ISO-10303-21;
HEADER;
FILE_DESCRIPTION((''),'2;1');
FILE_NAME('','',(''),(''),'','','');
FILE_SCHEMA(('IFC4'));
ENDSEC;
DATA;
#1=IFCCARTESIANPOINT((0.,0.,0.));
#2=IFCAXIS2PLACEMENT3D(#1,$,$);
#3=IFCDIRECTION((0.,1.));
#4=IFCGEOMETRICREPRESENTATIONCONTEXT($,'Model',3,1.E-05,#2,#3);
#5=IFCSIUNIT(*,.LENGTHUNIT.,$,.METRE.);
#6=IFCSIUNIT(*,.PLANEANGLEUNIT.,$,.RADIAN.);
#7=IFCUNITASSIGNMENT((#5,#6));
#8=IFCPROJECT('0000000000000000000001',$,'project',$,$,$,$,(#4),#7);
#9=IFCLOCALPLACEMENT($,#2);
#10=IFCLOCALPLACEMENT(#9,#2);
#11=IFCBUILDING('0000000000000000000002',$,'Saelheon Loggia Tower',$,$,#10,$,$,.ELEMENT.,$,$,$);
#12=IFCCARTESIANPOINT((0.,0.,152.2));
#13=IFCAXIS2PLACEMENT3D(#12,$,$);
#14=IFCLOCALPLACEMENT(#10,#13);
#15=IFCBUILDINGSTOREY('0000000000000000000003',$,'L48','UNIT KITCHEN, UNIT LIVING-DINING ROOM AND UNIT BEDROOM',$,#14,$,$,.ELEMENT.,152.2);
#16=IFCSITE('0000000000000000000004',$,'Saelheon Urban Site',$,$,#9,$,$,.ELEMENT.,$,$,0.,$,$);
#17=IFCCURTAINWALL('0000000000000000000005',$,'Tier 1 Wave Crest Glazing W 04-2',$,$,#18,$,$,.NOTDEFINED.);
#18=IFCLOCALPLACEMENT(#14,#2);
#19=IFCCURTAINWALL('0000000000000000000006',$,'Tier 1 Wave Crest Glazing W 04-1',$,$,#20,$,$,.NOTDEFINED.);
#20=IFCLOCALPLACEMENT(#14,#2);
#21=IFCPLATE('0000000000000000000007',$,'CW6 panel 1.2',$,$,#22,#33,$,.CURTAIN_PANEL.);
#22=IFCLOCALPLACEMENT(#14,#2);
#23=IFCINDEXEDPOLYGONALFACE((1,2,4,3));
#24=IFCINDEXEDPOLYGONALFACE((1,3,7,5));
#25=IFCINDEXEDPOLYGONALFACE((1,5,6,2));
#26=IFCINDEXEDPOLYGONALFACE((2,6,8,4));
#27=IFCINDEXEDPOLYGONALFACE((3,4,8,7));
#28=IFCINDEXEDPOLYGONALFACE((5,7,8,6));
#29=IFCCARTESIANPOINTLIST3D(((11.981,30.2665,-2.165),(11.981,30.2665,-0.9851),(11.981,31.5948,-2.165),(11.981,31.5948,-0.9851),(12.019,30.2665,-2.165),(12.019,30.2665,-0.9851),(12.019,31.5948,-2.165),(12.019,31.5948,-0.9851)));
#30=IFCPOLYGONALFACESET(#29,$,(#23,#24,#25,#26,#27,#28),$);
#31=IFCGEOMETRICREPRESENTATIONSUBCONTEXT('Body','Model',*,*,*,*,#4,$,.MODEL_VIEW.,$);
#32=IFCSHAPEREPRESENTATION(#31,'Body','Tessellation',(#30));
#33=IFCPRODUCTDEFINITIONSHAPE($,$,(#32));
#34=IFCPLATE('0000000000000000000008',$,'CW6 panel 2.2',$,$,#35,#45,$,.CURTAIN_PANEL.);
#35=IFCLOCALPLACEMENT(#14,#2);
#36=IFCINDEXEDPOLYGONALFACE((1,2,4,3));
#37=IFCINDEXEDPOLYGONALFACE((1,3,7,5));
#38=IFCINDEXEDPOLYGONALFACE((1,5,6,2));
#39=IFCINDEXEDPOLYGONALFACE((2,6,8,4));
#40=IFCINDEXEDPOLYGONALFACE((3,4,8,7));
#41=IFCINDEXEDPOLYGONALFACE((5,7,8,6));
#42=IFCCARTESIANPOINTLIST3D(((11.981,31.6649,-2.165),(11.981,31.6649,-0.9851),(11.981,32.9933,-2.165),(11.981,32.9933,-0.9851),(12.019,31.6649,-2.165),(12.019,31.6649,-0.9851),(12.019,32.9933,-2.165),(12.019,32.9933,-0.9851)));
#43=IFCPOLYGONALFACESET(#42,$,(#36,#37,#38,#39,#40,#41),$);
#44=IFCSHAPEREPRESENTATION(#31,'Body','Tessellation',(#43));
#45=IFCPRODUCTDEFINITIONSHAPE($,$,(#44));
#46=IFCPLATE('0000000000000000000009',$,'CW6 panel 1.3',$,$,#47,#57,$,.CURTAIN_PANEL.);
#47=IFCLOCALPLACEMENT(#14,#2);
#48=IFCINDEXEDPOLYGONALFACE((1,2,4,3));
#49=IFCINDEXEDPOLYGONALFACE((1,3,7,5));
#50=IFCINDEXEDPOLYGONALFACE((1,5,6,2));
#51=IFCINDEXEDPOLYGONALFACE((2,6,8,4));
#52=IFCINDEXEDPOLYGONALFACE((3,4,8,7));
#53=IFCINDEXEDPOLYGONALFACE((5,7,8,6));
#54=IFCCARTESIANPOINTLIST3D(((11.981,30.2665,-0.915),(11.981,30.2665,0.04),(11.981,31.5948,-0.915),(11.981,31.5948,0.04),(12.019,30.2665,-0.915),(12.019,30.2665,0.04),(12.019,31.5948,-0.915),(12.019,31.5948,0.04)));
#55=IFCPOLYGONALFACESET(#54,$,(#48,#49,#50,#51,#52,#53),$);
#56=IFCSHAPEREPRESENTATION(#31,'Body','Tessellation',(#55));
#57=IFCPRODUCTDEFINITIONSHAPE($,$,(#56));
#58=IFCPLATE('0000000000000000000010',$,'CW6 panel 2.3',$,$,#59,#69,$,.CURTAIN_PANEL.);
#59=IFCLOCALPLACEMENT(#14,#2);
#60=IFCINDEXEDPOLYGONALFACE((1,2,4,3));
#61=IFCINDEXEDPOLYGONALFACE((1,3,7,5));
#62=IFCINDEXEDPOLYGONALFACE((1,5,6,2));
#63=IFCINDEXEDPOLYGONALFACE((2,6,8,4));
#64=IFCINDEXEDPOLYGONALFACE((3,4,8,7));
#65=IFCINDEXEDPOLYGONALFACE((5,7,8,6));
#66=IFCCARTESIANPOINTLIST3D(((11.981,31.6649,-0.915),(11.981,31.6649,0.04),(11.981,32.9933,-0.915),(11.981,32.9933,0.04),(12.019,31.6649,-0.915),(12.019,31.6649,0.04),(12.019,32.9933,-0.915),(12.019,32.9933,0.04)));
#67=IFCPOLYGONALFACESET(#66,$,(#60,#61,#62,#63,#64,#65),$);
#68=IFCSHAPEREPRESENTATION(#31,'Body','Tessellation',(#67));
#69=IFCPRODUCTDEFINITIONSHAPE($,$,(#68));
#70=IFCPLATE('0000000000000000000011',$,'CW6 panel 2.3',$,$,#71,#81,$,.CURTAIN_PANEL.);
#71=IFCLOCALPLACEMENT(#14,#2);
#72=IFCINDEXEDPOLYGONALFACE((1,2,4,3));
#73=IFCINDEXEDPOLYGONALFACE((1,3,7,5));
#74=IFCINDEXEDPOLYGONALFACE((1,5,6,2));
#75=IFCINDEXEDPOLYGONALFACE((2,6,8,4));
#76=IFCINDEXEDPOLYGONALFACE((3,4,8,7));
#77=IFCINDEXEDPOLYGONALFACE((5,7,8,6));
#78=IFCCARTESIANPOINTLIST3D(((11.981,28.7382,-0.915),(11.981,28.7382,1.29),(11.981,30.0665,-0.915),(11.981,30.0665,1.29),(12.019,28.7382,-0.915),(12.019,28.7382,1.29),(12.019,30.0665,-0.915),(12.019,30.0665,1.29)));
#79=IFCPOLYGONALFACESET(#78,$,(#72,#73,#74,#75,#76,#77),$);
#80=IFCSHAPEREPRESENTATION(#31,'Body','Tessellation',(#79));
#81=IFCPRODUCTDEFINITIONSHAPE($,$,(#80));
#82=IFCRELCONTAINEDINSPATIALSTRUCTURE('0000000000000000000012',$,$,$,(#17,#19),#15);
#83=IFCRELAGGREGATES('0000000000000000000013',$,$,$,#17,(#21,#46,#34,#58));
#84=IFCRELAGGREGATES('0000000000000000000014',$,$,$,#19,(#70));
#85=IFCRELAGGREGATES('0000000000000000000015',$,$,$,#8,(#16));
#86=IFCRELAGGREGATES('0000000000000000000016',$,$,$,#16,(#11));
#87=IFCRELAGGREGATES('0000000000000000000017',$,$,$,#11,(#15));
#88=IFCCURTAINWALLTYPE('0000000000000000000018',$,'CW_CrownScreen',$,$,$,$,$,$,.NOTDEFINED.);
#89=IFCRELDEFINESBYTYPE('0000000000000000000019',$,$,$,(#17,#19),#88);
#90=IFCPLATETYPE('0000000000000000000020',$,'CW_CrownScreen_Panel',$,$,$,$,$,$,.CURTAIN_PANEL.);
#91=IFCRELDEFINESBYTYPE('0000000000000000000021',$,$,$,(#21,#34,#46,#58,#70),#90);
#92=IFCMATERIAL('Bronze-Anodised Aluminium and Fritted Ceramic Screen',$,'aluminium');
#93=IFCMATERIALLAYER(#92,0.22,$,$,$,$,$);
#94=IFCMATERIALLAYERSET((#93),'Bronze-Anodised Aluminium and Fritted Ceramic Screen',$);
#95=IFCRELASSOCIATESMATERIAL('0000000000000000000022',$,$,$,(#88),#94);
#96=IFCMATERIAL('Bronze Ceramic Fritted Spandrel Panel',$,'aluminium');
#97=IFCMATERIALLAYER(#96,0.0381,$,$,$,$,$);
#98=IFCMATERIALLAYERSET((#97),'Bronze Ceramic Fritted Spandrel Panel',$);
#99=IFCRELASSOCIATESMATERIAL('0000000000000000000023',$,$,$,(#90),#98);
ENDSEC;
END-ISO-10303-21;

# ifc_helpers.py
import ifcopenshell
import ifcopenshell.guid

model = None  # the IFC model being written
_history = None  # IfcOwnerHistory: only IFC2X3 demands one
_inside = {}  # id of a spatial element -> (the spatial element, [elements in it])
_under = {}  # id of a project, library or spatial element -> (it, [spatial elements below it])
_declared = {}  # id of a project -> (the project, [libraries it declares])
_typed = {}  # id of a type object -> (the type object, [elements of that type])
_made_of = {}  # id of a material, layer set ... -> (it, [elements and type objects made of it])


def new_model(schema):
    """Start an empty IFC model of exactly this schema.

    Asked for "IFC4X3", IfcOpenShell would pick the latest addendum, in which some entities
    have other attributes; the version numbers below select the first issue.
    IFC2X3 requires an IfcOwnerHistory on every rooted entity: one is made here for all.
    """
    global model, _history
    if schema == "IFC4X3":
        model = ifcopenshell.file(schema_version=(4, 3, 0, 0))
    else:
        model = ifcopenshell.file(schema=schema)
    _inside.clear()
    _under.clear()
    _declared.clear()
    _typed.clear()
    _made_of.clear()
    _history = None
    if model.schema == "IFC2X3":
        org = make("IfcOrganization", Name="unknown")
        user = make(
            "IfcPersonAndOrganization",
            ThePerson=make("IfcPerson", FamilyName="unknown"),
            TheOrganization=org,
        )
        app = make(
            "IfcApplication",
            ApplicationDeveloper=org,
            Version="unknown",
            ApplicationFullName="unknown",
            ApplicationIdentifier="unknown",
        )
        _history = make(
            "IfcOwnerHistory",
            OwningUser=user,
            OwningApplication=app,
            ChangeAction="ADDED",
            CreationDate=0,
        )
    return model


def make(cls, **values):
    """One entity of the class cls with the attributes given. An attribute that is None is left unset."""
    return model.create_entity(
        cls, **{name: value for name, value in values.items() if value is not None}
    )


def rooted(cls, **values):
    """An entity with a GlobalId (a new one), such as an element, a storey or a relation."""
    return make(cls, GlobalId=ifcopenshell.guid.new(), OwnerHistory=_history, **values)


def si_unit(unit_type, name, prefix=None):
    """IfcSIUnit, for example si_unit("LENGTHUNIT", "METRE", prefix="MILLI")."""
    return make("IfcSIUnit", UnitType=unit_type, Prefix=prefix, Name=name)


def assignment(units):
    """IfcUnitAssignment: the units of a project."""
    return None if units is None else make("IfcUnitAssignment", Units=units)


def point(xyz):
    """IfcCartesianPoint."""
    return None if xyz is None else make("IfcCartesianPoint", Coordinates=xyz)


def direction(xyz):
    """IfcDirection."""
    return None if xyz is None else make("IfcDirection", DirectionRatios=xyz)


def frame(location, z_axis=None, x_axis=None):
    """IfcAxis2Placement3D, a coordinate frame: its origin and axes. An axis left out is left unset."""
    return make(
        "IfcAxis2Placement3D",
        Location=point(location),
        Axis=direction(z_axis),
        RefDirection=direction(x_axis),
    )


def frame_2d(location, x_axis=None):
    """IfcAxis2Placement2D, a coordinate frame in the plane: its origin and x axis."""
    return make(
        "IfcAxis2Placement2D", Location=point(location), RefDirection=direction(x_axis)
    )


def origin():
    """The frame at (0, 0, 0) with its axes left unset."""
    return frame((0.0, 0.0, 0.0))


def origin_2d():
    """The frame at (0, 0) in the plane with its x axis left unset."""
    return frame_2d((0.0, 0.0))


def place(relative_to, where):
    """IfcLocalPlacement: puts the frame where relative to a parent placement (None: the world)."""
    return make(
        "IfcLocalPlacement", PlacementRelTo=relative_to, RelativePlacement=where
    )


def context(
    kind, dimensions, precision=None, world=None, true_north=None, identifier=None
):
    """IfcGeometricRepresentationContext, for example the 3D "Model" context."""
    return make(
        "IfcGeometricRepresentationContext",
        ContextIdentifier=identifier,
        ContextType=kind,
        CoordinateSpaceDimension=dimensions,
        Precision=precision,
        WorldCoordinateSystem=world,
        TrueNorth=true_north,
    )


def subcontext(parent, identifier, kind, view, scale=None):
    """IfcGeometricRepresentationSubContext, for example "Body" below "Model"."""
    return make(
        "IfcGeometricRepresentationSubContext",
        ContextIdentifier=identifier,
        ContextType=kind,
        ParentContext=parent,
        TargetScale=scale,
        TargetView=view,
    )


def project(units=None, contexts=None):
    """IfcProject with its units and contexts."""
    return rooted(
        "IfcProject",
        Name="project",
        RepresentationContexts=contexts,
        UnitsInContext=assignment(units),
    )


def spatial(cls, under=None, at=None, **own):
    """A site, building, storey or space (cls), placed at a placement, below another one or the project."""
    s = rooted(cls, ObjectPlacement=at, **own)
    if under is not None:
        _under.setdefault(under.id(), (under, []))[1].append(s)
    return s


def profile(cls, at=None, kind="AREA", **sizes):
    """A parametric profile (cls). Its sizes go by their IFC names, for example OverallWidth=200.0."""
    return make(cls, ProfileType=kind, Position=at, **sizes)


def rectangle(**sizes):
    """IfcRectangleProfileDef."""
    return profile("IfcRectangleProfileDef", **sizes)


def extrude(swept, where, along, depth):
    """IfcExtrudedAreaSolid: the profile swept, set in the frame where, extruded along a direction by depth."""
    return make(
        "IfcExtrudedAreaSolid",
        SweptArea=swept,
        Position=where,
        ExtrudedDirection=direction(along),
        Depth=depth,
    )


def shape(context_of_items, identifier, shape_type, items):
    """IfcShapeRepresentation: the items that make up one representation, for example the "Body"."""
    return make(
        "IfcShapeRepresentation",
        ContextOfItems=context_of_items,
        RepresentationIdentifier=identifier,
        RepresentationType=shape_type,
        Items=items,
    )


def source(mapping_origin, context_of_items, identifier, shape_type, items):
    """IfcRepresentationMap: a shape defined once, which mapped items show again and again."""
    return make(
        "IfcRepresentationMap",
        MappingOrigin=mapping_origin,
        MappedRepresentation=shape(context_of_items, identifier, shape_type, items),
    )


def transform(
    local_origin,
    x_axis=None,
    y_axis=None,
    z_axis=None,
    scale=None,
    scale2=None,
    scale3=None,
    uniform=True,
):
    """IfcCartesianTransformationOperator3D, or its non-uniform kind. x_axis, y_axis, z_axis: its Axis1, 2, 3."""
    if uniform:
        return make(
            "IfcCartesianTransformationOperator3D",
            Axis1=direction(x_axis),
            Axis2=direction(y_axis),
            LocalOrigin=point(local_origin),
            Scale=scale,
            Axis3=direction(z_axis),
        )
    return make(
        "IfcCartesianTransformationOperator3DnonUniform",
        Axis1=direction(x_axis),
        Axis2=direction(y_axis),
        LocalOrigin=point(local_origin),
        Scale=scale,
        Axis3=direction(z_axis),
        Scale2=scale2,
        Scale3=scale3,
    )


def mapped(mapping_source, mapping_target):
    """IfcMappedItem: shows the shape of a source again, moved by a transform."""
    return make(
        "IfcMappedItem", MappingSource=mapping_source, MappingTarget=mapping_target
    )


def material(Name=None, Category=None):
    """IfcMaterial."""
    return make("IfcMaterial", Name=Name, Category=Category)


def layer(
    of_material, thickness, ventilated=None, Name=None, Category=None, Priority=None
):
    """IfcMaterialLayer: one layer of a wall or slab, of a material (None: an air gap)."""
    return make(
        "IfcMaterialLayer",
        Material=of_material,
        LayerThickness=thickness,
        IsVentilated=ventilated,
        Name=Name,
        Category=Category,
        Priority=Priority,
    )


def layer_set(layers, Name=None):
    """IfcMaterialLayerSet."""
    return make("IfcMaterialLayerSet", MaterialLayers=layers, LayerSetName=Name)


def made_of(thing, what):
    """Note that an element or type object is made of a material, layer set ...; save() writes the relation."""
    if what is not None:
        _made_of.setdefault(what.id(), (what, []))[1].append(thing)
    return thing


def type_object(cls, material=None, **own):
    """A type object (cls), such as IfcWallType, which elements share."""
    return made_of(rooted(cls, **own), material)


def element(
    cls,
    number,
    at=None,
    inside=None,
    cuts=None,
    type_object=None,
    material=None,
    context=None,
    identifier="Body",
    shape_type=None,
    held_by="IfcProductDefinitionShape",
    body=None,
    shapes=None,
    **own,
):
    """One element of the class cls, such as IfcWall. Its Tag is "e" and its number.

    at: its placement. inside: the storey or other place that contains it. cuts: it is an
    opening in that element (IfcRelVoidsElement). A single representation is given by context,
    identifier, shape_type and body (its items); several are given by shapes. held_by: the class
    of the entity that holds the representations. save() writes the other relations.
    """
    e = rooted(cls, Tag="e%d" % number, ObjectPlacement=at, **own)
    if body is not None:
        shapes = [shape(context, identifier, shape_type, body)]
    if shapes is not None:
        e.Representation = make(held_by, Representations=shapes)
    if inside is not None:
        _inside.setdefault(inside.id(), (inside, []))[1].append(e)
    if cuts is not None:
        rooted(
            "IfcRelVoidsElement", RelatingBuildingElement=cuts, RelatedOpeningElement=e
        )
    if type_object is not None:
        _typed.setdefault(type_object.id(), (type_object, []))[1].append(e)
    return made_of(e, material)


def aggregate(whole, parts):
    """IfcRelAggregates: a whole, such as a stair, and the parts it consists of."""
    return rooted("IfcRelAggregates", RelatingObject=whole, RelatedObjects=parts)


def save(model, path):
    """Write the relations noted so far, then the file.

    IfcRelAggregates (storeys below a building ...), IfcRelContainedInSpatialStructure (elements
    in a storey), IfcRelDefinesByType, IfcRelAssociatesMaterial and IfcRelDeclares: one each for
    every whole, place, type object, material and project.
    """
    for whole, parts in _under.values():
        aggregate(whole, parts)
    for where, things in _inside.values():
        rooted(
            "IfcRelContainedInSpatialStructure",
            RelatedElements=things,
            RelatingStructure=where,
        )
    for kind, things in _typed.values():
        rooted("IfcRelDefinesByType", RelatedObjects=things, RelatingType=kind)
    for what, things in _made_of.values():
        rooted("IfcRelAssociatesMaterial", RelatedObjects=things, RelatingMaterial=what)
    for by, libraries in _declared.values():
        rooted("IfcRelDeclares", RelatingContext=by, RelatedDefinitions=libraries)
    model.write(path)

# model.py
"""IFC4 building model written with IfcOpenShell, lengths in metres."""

from ifc_helpers import new_model, si_unit, direction, frame, origin, origin_2d, place, context, subcontext, project, spatial, rectangle, extrude, source, transform, mapped, material, layer, layer_set, type_object, element, aggregate, save


model = new_model("IFC4")

# Units and contexts
model_context = context("Model", 3, precision=1e-05, world=origin(), true_north=direction((0.0, 1.0)))
body_context = subcontext(model_context, "Body", "Model", "MODEL_VIEW")
ifc_project = project(units=[si_unit("LENGTHUNIT", "METRE"), si_unit("PLANEANGLEUNIT", "RADIAN")], contexts=[model_context])

# Site, building, storey
site_placement = place(None, origin())
site = spatial("IfcSite", under=ifc_project, at=site_placement, Name="Saelheon Urban Site", CompositionType="ELEMENT", RefElevation=0.0)
building_placement = place(site_placement, origin())
building = spatial("IfcBuilding", under=site, at=building_placement, Name="Saelheon Loggia Tower", CompositionType="ELEMENT")
storey_placement = place(building_placement, frame((0.0, 0.0, 152.2)))
storey = spatial("IfcBuildingStorey", under=building, at=storey_placement, Name="L48", Description="UNIT KITCHEN, UNIT LIVING-DINING ROOM AND UNIT BEDROOM", CompositionType="ELEMENT", Elevation=152.2)

# Curtain wall
ifc_material_1 = material(Name="Bronze-Anodised Aluminium and Fritted Ceramic Screen", Category="aluminium")
ifc_layer_1 = layer(ifc_material_1, 0.22)
ifc_layer_set_1 = layer_set([ifc_layer_1], Name="Bronze-Anodised Aluminium and Fritted Ceramic Screen")
curtain_wall_type = type_object("IfcCurtainWallType", Name="CW_CrownScreen", PredefinedType="NOTDEFINED", material=ifc_layer_set_1)
curtain_wall_1_placement = place(storey_placement, origin())
curtain_wall_1 = element("IfcCurtainWall", 1, at=curtain_wall_1_placement, inside=storey, type_object=curtain_wall_type, Name="Tier 1 Wave Crest Glazing W 04-2", PredefinedType="NOTDEFINED")

# Curtain wall
curtain_wall_2_placement = place(storey_placement, origin())
curtain_wall_2 = element("IfcCurtainWall", 2, at=curtain_wall_2_placement, inside=storey, type_object=curtain_wall_type, Name="Tier 1 Wave Crest Glazing W 04-1", PredefinedType="NOTDEFINED")

# Plates
ifc_material_2 = material(Name="Bronze Ceramic Fritted Spandrel Panel", Category="aluminium")
ifc_layer_2 = layer(ifc_material_2, 0.0381)
ifc_layer_set_2 = layer_set([ifc_layer_2], Name="Bronze Ceramic Fritted Spandrel Panel")
plate_type = type_object("IfcPlateType", Name="CW_CrownScreen_Panel", PredefinedType="CURTAIN_PANEL", material=ifc_layer_set_2)
shared_shape_1 = source(origin(), body_context, "Body", "SweptSolid", [
    extrude(rectangle(XDim=1.3284, YDim=0.0381, at=origin_2d()), origin(), (0.0, 0.0, 1.0), 1.1799),
])
plate_1_placement = place(storey_placement, frame((12.0, 30.9307, -2.165), z_axis=(0.0, 0.0, 1.0), x_axis=(0.0, 1.0, 0.0)))
plate_1 = element("IfcPlate", 3, at=plate_1_placement, type_object=plate_type, Name="CW6 panel 1.2", PredefinedType="CURTAIN_PANEL", context=body_context, shape_type="MappedRepresentation", body=[
    mapped(shared_shape_1, transform((0.0, 0.0, 0.0), scale=1.0)),
])
plate_2_placement = place(storey_placement, frame((12.0, 32.3291, -2.165), z_axis=(0.0, 0.0, 1.0), x_axis=(0.0, 1.0, 0.0)))
plate_2 = element("IfcPlate", 4, at=plate_2_placement, type_object=plate_type, Name="CW6 panel 2.2", PredefinedType="CURTAIN_PANEL", context=body_context, shape_type="MappedRepresentation", body=[
    mapped(shared_shape_1, transform((0.0, 0.0, 0.0), scale=1.0)),
])
shared_shape_2 = source(origin(), body_context, "Body", "SweptSolid", [
    extrude(rectangle(XDim=1.3284, YDim=0.0381, at=origin_2d()), origin(), (0.0, 0.0, 1.0), 0.9551),
])
plate_3_placement = place(storey_placement, frame((12.0, 30.9307, -0.915), z_axis=(0.0, 0.0, 1.0), x_axis=(0.0, 1.0, 0.0)))
plate_3 = element("IfcPlate", 5, at=plate_3_placement, type_object=plate_type, Name="CW6 panel 1.3", PredefinedType="CURTAIN_PANEL", context=body_context, shape_type="MappedRepresentation", body=[
    mapped(shared_shape_2, transform((0.0, 0.0, 0.0), scale=1.0)),
])
plate_4_placement = place(storey_placement, frame((12.0, 32.3291, -0.915), z_axis=(0.0, 0.0, 1.0), x_axis=(0.0, 1.0, 0.0)))
plate_4 = element("IfcPlate", 6, at=plate_4_placement, type_object=plate_type, Name="CW6 panel 2.3", PredefinedType="CURTAIN_PANEL", context=body_context, shape_type="MappedRepresentation", body=[
    mapped(shared_shape_2, transform((0.0, 0.0, 0.0), scale=1.0)),
])
aggregate(curtain_wall_1, [plate_1, plate_3, plate_2, plate_4])
shared_shape_3 = source(origin(), body_context, "Body", "SweptSolid", [
    extrude(rectangle(XDim=1.3284, YDim=0.0381, at=origin_2d()), origin(), (0.0, 0.0, 1.0), 2.2051),
])
plate_5_placement = place(storey_placement, frame((12.0, 29.4023, -0.915), z_axis=(0.0, 0.0, 1.0), x_axis=(0.0, 1.0, 0.0)))
plate_5 = element("IfcPlate", 7, at=plate_5_placement, type_object=plate_type, Name="CW6 panel 2.3", PredefinedType="CURTAIN_PANEL", context=body_context, shape_type="MappedRepresentation", body=[
    mapped(shared_shape_3, transform((0.0, 0.0, 0.0), scale=1.0)),
])
aggregate(curtain_wall_2, [plate_5])

save(model, "model.ifc")
